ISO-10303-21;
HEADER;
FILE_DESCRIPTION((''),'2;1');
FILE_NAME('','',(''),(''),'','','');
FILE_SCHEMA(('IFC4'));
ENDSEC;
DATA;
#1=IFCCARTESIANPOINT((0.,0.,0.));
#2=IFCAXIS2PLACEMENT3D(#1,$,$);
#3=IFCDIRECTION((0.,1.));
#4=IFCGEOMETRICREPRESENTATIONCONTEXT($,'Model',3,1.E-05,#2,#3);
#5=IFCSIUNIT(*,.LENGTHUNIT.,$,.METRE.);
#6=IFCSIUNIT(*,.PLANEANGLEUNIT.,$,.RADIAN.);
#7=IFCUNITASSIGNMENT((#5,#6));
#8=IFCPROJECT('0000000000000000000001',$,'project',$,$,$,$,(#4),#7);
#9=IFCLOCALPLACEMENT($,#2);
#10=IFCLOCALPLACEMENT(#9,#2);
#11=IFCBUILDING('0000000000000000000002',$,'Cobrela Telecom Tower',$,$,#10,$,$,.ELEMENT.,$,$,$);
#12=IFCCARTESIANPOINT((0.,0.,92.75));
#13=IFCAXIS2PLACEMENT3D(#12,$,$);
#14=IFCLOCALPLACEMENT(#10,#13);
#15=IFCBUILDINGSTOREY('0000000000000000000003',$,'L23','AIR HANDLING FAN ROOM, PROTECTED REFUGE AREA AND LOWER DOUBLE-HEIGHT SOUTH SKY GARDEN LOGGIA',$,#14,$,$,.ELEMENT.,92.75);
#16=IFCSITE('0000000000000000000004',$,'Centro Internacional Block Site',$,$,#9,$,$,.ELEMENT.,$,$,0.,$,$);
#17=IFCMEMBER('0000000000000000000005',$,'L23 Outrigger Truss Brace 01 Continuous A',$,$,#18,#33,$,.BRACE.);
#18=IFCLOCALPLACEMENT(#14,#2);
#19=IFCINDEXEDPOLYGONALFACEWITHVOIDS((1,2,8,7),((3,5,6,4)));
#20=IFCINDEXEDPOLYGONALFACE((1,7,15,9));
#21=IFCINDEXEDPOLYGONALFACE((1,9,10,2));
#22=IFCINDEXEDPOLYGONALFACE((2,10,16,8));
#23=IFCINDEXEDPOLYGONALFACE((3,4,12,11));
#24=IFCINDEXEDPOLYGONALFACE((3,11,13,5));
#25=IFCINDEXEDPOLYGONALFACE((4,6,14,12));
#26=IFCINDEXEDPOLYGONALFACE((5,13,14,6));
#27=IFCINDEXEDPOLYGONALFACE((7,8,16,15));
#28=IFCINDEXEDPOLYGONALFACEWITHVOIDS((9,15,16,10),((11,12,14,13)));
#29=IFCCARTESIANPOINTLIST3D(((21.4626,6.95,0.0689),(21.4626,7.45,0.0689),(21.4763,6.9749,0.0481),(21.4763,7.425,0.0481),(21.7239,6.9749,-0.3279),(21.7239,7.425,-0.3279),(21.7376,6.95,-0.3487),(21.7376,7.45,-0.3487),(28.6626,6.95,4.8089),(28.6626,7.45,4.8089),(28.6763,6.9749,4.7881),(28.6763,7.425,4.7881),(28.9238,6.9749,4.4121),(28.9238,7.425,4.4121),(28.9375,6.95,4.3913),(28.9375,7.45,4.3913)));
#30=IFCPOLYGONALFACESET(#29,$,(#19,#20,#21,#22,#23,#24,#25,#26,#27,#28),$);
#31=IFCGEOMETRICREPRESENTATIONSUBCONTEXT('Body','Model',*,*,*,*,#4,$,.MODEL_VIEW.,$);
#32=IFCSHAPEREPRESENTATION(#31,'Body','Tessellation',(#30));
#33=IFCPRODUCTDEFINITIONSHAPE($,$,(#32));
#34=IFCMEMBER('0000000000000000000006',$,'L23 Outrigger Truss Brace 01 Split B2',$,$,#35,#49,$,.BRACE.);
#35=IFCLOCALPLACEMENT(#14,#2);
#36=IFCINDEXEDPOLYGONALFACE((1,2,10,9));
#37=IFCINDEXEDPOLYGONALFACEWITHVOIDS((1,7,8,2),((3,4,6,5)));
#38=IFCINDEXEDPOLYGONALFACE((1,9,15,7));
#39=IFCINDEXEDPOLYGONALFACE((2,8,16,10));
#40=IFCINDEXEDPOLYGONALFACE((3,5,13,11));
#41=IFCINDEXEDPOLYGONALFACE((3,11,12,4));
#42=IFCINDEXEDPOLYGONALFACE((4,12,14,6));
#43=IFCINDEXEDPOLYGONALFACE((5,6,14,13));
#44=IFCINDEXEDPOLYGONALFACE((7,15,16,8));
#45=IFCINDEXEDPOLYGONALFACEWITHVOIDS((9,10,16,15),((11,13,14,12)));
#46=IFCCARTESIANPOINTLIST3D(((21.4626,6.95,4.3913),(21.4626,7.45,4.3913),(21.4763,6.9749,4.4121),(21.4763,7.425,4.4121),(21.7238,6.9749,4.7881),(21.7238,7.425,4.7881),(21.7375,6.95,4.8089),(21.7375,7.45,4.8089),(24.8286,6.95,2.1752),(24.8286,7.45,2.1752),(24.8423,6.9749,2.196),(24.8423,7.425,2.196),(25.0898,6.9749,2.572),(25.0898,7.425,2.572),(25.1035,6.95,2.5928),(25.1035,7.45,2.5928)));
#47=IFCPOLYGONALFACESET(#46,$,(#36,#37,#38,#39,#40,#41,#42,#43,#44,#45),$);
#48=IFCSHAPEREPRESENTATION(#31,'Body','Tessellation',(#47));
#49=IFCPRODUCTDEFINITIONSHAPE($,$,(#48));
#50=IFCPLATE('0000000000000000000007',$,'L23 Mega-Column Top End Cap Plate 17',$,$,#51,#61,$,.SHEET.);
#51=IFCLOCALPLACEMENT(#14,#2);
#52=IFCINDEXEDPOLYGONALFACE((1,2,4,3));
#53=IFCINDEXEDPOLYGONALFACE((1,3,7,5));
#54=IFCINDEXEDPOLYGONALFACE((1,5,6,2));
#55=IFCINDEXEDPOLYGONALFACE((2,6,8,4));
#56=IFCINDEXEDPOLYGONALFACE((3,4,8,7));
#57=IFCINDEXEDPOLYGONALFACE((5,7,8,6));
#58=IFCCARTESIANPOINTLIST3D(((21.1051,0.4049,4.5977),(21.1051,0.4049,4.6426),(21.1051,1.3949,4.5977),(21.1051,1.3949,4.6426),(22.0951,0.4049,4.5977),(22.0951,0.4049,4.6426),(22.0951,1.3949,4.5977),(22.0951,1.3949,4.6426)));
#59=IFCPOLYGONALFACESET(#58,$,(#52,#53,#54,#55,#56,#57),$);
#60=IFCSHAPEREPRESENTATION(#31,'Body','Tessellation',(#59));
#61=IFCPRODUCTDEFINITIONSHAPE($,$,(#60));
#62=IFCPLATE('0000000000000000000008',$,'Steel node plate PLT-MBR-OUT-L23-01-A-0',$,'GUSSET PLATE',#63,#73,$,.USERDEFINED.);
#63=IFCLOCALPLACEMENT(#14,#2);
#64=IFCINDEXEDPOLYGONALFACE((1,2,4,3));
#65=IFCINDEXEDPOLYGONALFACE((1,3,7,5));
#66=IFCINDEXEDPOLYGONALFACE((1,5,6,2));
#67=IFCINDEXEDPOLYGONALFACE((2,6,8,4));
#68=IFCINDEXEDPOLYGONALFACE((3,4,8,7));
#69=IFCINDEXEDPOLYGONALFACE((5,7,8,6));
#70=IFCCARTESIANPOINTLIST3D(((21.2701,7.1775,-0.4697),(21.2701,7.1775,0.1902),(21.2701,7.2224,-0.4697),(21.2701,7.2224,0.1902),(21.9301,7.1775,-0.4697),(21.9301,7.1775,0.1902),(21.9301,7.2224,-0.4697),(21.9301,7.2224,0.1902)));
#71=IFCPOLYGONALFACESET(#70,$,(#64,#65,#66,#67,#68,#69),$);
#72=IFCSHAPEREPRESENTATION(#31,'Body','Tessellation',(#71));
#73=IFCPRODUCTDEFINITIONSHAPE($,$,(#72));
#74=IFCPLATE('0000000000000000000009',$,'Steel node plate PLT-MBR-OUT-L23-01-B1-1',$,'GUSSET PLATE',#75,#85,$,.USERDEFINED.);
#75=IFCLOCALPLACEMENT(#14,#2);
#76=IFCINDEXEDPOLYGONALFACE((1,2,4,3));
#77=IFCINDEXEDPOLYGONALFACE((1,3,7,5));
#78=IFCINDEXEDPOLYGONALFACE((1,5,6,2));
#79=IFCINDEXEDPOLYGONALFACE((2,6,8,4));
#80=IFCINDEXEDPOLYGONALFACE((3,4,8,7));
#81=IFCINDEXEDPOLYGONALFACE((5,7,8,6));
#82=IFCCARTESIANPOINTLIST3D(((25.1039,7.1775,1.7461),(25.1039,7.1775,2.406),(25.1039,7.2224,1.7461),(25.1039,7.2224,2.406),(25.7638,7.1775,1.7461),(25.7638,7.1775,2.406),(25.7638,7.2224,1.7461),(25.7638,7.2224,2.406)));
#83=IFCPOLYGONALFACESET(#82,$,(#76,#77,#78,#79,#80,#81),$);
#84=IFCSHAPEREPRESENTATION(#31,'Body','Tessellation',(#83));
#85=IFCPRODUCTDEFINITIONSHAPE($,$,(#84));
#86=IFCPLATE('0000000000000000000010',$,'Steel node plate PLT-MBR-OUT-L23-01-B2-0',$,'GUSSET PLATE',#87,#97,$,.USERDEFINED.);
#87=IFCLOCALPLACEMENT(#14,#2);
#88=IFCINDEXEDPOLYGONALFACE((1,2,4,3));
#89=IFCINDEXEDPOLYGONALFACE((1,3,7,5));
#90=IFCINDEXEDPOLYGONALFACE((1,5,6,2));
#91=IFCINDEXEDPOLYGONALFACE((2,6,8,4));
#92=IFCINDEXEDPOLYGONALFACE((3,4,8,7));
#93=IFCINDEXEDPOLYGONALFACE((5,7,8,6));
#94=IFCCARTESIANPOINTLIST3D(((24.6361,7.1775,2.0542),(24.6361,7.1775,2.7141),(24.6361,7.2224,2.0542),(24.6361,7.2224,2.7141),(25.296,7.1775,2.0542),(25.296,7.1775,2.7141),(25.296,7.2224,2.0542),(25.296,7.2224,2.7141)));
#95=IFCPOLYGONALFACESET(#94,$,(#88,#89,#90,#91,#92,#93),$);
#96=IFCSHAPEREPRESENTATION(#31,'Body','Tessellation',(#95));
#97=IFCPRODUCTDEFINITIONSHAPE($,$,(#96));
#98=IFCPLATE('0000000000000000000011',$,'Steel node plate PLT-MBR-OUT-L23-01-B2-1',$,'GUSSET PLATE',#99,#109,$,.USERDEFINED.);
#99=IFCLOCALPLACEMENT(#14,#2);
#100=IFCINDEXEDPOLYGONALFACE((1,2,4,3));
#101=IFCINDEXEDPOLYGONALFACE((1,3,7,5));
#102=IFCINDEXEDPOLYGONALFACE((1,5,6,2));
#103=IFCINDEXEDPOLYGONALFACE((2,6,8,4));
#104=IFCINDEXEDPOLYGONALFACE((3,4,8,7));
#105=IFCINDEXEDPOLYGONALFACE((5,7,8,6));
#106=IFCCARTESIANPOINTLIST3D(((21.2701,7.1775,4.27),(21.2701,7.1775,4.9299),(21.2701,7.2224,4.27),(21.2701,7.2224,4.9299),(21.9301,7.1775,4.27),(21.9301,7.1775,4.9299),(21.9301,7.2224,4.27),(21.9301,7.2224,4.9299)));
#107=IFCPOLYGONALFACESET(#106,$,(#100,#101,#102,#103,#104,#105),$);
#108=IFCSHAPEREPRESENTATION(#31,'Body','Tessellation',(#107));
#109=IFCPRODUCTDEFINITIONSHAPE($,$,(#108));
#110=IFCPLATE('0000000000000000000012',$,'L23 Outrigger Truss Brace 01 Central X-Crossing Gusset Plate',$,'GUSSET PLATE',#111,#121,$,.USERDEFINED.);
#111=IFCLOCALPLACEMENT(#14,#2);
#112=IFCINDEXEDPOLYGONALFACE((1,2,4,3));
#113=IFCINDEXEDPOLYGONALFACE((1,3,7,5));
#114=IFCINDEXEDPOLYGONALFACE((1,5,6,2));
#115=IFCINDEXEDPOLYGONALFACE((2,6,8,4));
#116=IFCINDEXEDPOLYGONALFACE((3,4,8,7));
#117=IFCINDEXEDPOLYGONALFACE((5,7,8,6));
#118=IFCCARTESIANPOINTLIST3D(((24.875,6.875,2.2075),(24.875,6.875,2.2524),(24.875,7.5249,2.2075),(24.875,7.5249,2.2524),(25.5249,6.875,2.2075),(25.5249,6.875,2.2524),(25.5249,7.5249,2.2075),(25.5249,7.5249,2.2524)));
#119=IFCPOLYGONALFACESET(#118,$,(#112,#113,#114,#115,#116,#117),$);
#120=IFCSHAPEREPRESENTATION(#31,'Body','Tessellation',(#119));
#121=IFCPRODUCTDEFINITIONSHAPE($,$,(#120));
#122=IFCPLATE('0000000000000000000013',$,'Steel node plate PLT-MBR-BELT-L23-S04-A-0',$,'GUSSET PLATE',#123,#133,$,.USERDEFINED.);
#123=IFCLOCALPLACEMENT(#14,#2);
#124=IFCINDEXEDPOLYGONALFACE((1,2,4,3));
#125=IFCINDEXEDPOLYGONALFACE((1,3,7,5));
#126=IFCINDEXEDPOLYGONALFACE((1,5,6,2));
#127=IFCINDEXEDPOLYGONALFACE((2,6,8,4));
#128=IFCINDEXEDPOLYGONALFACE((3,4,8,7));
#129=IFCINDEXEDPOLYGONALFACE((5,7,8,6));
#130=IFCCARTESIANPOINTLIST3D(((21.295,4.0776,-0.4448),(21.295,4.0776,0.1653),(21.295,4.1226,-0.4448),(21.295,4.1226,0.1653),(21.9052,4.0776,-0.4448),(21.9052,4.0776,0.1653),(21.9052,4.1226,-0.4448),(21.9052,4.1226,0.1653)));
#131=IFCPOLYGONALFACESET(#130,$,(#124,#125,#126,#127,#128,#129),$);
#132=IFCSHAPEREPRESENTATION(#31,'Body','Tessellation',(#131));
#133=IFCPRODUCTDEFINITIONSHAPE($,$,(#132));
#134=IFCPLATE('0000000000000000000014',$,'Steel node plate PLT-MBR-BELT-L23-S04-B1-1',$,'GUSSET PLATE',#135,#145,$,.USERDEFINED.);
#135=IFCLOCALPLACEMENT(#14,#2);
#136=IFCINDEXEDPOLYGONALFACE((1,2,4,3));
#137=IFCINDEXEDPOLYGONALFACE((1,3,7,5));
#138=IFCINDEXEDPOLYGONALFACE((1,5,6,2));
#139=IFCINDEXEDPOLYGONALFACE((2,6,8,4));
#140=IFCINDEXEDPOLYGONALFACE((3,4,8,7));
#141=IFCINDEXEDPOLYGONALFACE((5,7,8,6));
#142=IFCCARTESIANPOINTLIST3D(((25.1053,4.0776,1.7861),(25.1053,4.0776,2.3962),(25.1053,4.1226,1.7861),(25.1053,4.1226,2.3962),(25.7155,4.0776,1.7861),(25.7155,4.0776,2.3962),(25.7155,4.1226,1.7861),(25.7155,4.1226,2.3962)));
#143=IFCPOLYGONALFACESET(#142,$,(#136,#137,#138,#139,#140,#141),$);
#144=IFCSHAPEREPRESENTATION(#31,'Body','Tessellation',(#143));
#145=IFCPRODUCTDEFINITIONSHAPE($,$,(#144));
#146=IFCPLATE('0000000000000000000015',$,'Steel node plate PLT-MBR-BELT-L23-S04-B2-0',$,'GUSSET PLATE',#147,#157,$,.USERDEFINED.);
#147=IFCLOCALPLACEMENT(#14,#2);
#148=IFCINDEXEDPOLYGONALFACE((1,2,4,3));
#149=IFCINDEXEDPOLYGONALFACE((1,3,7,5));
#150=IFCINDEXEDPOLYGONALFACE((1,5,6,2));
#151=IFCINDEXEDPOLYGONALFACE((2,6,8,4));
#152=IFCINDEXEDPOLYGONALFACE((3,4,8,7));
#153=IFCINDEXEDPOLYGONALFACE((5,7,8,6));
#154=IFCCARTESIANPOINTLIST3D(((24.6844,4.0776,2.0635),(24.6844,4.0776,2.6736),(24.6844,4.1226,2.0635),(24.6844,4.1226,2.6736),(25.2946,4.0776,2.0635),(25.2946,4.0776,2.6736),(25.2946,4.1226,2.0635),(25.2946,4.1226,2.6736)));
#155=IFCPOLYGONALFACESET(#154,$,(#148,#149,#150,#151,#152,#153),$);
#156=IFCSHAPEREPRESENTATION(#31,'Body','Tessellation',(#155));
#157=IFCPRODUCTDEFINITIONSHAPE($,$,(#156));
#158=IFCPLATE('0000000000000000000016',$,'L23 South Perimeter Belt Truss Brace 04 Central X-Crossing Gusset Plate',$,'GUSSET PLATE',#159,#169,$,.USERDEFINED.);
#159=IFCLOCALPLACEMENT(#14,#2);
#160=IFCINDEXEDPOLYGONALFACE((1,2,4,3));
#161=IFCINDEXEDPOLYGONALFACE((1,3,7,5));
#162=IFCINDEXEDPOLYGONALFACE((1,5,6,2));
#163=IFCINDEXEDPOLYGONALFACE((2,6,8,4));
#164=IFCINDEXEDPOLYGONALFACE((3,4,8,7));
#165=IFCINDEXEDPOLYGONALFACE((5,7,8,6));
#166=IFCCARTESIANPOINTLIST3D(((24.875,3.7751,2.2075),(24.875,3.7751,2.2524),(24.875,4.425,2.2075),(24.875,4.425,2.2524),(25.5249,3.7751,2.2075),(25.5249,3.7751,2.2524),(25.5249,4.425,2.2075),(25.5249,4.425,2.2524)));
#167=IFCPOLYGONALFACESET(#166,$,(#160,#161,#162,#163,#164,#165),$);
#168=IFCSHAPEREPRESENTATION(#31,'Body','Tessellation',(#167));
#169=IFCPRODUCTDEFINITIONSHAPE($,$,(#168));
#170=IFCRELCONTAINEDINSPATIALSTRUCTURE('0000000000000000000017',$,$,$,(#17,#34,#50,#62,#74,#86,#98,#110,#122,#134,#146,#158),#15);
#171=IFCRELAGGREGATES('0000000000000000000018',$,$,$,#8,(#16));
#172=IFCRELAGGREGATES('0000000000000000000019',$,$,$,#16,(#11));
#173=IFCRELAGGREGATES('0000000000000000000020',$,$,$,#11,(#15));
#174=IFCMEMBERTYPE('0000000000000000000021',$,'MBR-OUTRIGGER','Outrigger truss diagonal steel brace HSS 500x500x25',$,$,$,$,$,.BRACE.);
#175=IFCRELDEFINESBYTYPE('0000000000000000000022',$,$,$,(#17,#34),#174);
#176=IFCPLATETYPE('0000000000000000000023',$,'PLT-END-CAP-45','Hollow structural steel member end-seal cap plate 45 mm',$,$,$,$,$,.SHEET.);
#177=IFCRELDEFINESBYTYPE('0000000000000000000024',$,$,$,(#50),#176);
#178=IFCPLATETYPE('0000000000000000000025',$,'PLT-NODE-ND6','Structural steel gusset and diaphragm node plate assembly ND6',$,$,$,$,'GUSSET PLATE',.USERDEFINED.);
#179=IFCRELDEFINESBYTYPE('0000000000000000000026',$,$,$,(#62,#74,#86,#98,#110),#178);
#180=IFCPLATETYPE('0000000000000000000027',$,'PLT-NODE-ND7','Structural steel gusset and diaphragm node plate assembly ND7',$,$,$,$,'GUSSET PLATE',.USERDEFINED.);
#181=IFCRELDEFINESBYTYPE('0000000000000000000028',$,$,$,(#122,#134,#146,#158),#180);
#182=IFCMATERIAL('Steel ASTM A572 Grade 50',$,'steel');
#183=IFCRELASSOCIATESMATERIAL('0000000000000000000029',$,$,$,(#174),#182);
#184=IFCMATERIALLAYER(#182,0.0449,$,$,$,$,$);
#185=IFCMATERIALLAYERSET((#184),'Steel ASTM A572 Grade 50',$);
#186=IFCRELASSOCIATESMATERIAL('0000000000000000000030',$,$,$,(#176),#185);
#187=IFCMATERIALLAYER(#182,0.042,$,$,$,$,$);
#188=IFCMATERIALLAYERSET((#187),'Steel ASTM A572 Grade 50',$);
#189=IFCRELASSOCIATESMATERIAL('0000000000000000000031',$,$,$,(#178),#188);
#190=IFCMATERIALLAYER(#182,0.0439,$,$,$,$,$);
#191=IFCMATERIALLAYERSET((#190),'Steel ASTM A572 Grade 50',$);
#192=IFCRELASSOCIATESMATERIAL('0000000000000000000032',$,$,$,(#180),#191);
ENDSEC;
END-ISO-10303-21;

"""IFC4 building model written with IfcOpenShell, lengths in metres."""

from ifc_helpers import new_model, si_unit, direction, frame, origin, origin_2d, place, context, subcontext, project, spatial, rectangle, hollow_rectangle, extrude, material, layer, layer_set, material_profile, profile_set, type_object, element, save


model = new_model("IFC4")

# Units and contexts
model_context = context("Model", 3, precision=1e-05, world=origin(), true_north=direction((0.0, 1.0)))
body_context = subcontext(model_context, "Body", "Model", "MODEL_VIEW")
ifc_project = project(units=[si_unit("LENGTHUNIT", "METRE"), si_unit("PLANEANGLEUNIT", "RADIAN")], contexts=[model_context])

# Site, building, storey
site_placement = place(None, origin())
site = spatial("IfcSite", under=ifc_project, at=site_placement, Name="Centro Internacional Block Site", CompositionType="ELEMENT", RefElevation=0.0)
building_placement = place(site_placement, origin())
building = spatial("IfcBuilding", under=site, at=building_placement, Name="Cobrela Telecom Tower", CompositionType="ELEMENT")
storey_placement = place(building_placement, frame((0.0, 0.0, 92.75)))
storey = spatial("IfcBuildingStorey", under=building, at=storey_placement, Name="L23", Description="AIR HANDLING FAN ROOM, PROTECTED REFUGE AREA AND LOWER DOUBLE-HEIGHT SOUTH SKY GARDEN LOGGIA", CompositionType="ELEMENT", Elevation=92.75)

# Members
ifc_material_1 = material(Name="Steel ASTM A572 Grade 50", Category="steel")
ifc_material_profile_1 = material_profile(ifc_material_1, hollow_rectangle(XDim=0.5, YDim=0.5, WallThickness=0.0249, at=origin_2d()), Name="HSS 500x500x25")
ifc_profile_set_1 = profile_set([ifc_material_profile_1], Name="Steel ASTM A572 Grade 50")
member_type_1 = type_object("IfcMemberType", Name="MBR-OUTRIGGER", Description="Outrigger truss diagonal steel brace HSS 500x500x25", PredefinedType="BRACE", material=ifc_profile_set_1)
member_1_placement = place(storey_placement, frame((21.6001, 7.2, -0.1399), z_axis=(0.835248, 0.0, 0.549874), x_axis=(0.0, 1.0, 0.0)))
element("IfcMember", 1, at=member_1_placement, inside=storey, type_object=member_type_1, Name="L23 Outrigger Truss Brace 01 Continuous A", PredefinedType="BRACE", context=body_context, shape_type="SweptSolid", body=[
    extrude(hollow_rectangle(XDim=0.5, YDim=0.5, WallThickness=0.0249, at=origin_2d()), origin(), (0.0, 0.0, 1.0), 8.6201),
])
member_2_placement = place(storey_placement, frame((24.9661, 7.2, 2.384), z_axis=(-0.835233, 0.0, 0.549896), x_axis=(0.0, -1.0, 0.0)))
element("IfcMember", 2, at=member_2_placement, inside=storey, type_object=member_type_1, Name="L23 Outrigger Truss Brace 01 Split B2", PredefinedType="BRACE", context=body_context, shape_type="SweptSolid", body=[
    extrude(hollow_rectangle(XDim=0.5, YDim=0.5, WallThickness=0.0249, at=origin_2d()), origin(), (0.0, 0.0, 1.0), 4.03),
])

# Plates
ifc_layer_1 = layer(ifc_material_1, 0.0449)
ifc_layer_set_1 = layer_set([ifc_layer_1], Name="Steel ASTM A572 Grade 50")
plate_type_1 = type_object("IfcPlateType", Name="PLT-END-CAP-45", Description="Hollow structural steel member end-seal cap plate 45 mm", PredefinedType="SHEET", material=ifc_layer_set_1)
plate_1_placement = place(storey_placement, frame((21.6001, 0.8999, 4.5977), z_axis=(0.0, 0.0, 1.0), x_axis=(1.0, 0.0, 0.0)))
element("IfcPlate", 3, at=plate_1_placement, inside=storey, type_object=plate_type_1, Name="L23 Mega-Column Top End Cap Plate 17", PredefinedType="SHEET", context=body_context, shape_type="SweptSolid", body=[
    extrude(rectangle(XDim=0.99, YDim=0.99, at=origin_2d()), origin(), (0.0, 0.0, 1.0), 0.0449),
])
ifc_layer_2 = layer(ifc_material_1, 0.042)
ifc_layer_set_2 = layer_set([ifc_layer_2], Name="Steel ASTM A572 Grade 50")
plate_type_2 = type_object("IfcPlateType", Name="PLT-NODE-ND6", Description="Structural steel gusset and diaphragm node plate assembly ND6", ElementType="GUSSET PLATE", PredefinedType="USERDEFINED", material=ifc_layer_set_2)
for number, where, z_axis, x_axis, name in (
    (4, (21.6001, 7.2, -0.4697), (0.0, 0.0, 1.0), (1.0, 0.0, 0.0), "Steel node plate PLT-MBR-OUT-L23-01-A-0"),
    (5, (25.4338, 7.2, 1.7461), (0.0, 0.0, 1.0), (-1.0, 0.0, 0.0), "Steel node plate PLT-MBR-OUT-L23-01-B1-1"),
    (6, (24.9661, 7.2, 2.0542), (0.0, 0.0, 1.0), (-1.0, 0.0, 0.0), "Steel node plate PLT-MBR-OUT-L23-01-B2-0"),
    (7, (21.6001, 7.2, 4.27), (0.0, 0.0, 1.0), (-1.0, 0.0, 0.0), "Steel node plate PLT-MBR-OUT-L23-01-B2-1"),
):
    element("IfcPlate", number, at=place(storey_placement, frame(where, z_axis=z_axis, x_axis=x_axis)), inside=storey, type_object=plate_type_2, Name=name, ObjectType="GUSSET PLATE", PredefinedType="USERDEFINED", context=body_context, shape_type="SweptSolid", body=[
        extrude(rectangle(XDim=0.6599, YDim=0.0449, at=origin_2d()), origin(), (0.0, 0.0, 1.0), 0.6599),
    ])
plate_2_placement = place(storey_placement, frame((25.2, 7.2, 2.2075), z_axis=(0.0, 0.0, 1.0), x_axis=(1.0, 0.0, 0.0)))
element("IfcPlate", 8, at=plate_2_placement, inside=storey, type_object=plate_type_2, Name="L23 Outrigger Truss Brace 01 Central X-Crossing Gusset Plate", ObjectType="GUSSET PLATE", PredefinedType="USERDEFINED", context=body_context, shape_type="SweptSolid", body=[
    extrude(rectangle(XDim=0.6499, YDim=0.6499, at=origin_2d()), origin(), (0.0, 0.0, 1.0), 0.0449),
])
ifc_layer_3 = layer(ifc_material_1, 0.0439)
ifc_layer_set_3 = layer_set([ifc_layer_3], Name="Steel ASTM A572 Grade 50")
plate_type_3 = type_object("IfcPlateType", Name="PLT-NODE-ND7", Description="Structural steel gusset and diaphragm node plate assembly ND7", ElementType="GUSSET PLATE", PredefinedType="USERDEFINED", material=ifc_layer_set_3)
for number, where, z_axis, x_axis, name in (
    (9, (21.6001, 4.1001, -0.4448), (0.0, 0.0, 1.0), (1.0, 0.0, 0.0), "Steel node plate PLT-MBR-BELT-L23-S04-A-0"),
    (10, (25.4104, 4.1001, 1.7861), (0.0, 0.0, 1.0), (-1.0, 0.0, 0.0), "Steel node plate PLT-MBR-BELT-L23-S04-B1-1"),
    (11, (24.9895, 4.1001, 2.0635), (0.0, 0.0, 1.0), (-1.0, 0.0, 0.0), "Steel node plate PLT-MBR-BELT-L23-S04-B2-0"),
):
    element("IfcPlate", number, at=place(storey_placement, frame(where, z_axis=z_axis, x_axis=x_axis)), inside=storey, type_object=plate_type_3, Name=name, ObjectType="GUSSET PLATE", PredefinedType="USERDEFINED", context=body_context, shape_type="SweptSolid", body=[
        extrude(rectangle(XDim=0.6101, YDim=0.0449, at=origin_2d()), origin(), (0.0, 0.0, 1.0), 0.6101),
    ])
plate_3_placement = place(storey_placement, frame((25.2, 4.1001, 2.2075), z_axis=(0.0, 0.0, 1.0), x_axis=(1.0, 0.0, 0.0)))
element("IfcPlate", 12, at=plate_3_placement, inside=storey, type_object=plate_type_3, Name="L23 South Perimeter Belt Truss Brace 04 Central X-Crossing Gusset Plate", ObjectType="GUSSET PLATE", PredefinedType="USERDEFINED", context=body_context, shape_type="SweptSolid", body=[
    extrude(rectangle(XDim=0.6499, YDim=0.6499, at=origin_2d()), origin(), (0.0, 0.0, 1.0), 0.0449),
])

save(model, "model.ifc")
